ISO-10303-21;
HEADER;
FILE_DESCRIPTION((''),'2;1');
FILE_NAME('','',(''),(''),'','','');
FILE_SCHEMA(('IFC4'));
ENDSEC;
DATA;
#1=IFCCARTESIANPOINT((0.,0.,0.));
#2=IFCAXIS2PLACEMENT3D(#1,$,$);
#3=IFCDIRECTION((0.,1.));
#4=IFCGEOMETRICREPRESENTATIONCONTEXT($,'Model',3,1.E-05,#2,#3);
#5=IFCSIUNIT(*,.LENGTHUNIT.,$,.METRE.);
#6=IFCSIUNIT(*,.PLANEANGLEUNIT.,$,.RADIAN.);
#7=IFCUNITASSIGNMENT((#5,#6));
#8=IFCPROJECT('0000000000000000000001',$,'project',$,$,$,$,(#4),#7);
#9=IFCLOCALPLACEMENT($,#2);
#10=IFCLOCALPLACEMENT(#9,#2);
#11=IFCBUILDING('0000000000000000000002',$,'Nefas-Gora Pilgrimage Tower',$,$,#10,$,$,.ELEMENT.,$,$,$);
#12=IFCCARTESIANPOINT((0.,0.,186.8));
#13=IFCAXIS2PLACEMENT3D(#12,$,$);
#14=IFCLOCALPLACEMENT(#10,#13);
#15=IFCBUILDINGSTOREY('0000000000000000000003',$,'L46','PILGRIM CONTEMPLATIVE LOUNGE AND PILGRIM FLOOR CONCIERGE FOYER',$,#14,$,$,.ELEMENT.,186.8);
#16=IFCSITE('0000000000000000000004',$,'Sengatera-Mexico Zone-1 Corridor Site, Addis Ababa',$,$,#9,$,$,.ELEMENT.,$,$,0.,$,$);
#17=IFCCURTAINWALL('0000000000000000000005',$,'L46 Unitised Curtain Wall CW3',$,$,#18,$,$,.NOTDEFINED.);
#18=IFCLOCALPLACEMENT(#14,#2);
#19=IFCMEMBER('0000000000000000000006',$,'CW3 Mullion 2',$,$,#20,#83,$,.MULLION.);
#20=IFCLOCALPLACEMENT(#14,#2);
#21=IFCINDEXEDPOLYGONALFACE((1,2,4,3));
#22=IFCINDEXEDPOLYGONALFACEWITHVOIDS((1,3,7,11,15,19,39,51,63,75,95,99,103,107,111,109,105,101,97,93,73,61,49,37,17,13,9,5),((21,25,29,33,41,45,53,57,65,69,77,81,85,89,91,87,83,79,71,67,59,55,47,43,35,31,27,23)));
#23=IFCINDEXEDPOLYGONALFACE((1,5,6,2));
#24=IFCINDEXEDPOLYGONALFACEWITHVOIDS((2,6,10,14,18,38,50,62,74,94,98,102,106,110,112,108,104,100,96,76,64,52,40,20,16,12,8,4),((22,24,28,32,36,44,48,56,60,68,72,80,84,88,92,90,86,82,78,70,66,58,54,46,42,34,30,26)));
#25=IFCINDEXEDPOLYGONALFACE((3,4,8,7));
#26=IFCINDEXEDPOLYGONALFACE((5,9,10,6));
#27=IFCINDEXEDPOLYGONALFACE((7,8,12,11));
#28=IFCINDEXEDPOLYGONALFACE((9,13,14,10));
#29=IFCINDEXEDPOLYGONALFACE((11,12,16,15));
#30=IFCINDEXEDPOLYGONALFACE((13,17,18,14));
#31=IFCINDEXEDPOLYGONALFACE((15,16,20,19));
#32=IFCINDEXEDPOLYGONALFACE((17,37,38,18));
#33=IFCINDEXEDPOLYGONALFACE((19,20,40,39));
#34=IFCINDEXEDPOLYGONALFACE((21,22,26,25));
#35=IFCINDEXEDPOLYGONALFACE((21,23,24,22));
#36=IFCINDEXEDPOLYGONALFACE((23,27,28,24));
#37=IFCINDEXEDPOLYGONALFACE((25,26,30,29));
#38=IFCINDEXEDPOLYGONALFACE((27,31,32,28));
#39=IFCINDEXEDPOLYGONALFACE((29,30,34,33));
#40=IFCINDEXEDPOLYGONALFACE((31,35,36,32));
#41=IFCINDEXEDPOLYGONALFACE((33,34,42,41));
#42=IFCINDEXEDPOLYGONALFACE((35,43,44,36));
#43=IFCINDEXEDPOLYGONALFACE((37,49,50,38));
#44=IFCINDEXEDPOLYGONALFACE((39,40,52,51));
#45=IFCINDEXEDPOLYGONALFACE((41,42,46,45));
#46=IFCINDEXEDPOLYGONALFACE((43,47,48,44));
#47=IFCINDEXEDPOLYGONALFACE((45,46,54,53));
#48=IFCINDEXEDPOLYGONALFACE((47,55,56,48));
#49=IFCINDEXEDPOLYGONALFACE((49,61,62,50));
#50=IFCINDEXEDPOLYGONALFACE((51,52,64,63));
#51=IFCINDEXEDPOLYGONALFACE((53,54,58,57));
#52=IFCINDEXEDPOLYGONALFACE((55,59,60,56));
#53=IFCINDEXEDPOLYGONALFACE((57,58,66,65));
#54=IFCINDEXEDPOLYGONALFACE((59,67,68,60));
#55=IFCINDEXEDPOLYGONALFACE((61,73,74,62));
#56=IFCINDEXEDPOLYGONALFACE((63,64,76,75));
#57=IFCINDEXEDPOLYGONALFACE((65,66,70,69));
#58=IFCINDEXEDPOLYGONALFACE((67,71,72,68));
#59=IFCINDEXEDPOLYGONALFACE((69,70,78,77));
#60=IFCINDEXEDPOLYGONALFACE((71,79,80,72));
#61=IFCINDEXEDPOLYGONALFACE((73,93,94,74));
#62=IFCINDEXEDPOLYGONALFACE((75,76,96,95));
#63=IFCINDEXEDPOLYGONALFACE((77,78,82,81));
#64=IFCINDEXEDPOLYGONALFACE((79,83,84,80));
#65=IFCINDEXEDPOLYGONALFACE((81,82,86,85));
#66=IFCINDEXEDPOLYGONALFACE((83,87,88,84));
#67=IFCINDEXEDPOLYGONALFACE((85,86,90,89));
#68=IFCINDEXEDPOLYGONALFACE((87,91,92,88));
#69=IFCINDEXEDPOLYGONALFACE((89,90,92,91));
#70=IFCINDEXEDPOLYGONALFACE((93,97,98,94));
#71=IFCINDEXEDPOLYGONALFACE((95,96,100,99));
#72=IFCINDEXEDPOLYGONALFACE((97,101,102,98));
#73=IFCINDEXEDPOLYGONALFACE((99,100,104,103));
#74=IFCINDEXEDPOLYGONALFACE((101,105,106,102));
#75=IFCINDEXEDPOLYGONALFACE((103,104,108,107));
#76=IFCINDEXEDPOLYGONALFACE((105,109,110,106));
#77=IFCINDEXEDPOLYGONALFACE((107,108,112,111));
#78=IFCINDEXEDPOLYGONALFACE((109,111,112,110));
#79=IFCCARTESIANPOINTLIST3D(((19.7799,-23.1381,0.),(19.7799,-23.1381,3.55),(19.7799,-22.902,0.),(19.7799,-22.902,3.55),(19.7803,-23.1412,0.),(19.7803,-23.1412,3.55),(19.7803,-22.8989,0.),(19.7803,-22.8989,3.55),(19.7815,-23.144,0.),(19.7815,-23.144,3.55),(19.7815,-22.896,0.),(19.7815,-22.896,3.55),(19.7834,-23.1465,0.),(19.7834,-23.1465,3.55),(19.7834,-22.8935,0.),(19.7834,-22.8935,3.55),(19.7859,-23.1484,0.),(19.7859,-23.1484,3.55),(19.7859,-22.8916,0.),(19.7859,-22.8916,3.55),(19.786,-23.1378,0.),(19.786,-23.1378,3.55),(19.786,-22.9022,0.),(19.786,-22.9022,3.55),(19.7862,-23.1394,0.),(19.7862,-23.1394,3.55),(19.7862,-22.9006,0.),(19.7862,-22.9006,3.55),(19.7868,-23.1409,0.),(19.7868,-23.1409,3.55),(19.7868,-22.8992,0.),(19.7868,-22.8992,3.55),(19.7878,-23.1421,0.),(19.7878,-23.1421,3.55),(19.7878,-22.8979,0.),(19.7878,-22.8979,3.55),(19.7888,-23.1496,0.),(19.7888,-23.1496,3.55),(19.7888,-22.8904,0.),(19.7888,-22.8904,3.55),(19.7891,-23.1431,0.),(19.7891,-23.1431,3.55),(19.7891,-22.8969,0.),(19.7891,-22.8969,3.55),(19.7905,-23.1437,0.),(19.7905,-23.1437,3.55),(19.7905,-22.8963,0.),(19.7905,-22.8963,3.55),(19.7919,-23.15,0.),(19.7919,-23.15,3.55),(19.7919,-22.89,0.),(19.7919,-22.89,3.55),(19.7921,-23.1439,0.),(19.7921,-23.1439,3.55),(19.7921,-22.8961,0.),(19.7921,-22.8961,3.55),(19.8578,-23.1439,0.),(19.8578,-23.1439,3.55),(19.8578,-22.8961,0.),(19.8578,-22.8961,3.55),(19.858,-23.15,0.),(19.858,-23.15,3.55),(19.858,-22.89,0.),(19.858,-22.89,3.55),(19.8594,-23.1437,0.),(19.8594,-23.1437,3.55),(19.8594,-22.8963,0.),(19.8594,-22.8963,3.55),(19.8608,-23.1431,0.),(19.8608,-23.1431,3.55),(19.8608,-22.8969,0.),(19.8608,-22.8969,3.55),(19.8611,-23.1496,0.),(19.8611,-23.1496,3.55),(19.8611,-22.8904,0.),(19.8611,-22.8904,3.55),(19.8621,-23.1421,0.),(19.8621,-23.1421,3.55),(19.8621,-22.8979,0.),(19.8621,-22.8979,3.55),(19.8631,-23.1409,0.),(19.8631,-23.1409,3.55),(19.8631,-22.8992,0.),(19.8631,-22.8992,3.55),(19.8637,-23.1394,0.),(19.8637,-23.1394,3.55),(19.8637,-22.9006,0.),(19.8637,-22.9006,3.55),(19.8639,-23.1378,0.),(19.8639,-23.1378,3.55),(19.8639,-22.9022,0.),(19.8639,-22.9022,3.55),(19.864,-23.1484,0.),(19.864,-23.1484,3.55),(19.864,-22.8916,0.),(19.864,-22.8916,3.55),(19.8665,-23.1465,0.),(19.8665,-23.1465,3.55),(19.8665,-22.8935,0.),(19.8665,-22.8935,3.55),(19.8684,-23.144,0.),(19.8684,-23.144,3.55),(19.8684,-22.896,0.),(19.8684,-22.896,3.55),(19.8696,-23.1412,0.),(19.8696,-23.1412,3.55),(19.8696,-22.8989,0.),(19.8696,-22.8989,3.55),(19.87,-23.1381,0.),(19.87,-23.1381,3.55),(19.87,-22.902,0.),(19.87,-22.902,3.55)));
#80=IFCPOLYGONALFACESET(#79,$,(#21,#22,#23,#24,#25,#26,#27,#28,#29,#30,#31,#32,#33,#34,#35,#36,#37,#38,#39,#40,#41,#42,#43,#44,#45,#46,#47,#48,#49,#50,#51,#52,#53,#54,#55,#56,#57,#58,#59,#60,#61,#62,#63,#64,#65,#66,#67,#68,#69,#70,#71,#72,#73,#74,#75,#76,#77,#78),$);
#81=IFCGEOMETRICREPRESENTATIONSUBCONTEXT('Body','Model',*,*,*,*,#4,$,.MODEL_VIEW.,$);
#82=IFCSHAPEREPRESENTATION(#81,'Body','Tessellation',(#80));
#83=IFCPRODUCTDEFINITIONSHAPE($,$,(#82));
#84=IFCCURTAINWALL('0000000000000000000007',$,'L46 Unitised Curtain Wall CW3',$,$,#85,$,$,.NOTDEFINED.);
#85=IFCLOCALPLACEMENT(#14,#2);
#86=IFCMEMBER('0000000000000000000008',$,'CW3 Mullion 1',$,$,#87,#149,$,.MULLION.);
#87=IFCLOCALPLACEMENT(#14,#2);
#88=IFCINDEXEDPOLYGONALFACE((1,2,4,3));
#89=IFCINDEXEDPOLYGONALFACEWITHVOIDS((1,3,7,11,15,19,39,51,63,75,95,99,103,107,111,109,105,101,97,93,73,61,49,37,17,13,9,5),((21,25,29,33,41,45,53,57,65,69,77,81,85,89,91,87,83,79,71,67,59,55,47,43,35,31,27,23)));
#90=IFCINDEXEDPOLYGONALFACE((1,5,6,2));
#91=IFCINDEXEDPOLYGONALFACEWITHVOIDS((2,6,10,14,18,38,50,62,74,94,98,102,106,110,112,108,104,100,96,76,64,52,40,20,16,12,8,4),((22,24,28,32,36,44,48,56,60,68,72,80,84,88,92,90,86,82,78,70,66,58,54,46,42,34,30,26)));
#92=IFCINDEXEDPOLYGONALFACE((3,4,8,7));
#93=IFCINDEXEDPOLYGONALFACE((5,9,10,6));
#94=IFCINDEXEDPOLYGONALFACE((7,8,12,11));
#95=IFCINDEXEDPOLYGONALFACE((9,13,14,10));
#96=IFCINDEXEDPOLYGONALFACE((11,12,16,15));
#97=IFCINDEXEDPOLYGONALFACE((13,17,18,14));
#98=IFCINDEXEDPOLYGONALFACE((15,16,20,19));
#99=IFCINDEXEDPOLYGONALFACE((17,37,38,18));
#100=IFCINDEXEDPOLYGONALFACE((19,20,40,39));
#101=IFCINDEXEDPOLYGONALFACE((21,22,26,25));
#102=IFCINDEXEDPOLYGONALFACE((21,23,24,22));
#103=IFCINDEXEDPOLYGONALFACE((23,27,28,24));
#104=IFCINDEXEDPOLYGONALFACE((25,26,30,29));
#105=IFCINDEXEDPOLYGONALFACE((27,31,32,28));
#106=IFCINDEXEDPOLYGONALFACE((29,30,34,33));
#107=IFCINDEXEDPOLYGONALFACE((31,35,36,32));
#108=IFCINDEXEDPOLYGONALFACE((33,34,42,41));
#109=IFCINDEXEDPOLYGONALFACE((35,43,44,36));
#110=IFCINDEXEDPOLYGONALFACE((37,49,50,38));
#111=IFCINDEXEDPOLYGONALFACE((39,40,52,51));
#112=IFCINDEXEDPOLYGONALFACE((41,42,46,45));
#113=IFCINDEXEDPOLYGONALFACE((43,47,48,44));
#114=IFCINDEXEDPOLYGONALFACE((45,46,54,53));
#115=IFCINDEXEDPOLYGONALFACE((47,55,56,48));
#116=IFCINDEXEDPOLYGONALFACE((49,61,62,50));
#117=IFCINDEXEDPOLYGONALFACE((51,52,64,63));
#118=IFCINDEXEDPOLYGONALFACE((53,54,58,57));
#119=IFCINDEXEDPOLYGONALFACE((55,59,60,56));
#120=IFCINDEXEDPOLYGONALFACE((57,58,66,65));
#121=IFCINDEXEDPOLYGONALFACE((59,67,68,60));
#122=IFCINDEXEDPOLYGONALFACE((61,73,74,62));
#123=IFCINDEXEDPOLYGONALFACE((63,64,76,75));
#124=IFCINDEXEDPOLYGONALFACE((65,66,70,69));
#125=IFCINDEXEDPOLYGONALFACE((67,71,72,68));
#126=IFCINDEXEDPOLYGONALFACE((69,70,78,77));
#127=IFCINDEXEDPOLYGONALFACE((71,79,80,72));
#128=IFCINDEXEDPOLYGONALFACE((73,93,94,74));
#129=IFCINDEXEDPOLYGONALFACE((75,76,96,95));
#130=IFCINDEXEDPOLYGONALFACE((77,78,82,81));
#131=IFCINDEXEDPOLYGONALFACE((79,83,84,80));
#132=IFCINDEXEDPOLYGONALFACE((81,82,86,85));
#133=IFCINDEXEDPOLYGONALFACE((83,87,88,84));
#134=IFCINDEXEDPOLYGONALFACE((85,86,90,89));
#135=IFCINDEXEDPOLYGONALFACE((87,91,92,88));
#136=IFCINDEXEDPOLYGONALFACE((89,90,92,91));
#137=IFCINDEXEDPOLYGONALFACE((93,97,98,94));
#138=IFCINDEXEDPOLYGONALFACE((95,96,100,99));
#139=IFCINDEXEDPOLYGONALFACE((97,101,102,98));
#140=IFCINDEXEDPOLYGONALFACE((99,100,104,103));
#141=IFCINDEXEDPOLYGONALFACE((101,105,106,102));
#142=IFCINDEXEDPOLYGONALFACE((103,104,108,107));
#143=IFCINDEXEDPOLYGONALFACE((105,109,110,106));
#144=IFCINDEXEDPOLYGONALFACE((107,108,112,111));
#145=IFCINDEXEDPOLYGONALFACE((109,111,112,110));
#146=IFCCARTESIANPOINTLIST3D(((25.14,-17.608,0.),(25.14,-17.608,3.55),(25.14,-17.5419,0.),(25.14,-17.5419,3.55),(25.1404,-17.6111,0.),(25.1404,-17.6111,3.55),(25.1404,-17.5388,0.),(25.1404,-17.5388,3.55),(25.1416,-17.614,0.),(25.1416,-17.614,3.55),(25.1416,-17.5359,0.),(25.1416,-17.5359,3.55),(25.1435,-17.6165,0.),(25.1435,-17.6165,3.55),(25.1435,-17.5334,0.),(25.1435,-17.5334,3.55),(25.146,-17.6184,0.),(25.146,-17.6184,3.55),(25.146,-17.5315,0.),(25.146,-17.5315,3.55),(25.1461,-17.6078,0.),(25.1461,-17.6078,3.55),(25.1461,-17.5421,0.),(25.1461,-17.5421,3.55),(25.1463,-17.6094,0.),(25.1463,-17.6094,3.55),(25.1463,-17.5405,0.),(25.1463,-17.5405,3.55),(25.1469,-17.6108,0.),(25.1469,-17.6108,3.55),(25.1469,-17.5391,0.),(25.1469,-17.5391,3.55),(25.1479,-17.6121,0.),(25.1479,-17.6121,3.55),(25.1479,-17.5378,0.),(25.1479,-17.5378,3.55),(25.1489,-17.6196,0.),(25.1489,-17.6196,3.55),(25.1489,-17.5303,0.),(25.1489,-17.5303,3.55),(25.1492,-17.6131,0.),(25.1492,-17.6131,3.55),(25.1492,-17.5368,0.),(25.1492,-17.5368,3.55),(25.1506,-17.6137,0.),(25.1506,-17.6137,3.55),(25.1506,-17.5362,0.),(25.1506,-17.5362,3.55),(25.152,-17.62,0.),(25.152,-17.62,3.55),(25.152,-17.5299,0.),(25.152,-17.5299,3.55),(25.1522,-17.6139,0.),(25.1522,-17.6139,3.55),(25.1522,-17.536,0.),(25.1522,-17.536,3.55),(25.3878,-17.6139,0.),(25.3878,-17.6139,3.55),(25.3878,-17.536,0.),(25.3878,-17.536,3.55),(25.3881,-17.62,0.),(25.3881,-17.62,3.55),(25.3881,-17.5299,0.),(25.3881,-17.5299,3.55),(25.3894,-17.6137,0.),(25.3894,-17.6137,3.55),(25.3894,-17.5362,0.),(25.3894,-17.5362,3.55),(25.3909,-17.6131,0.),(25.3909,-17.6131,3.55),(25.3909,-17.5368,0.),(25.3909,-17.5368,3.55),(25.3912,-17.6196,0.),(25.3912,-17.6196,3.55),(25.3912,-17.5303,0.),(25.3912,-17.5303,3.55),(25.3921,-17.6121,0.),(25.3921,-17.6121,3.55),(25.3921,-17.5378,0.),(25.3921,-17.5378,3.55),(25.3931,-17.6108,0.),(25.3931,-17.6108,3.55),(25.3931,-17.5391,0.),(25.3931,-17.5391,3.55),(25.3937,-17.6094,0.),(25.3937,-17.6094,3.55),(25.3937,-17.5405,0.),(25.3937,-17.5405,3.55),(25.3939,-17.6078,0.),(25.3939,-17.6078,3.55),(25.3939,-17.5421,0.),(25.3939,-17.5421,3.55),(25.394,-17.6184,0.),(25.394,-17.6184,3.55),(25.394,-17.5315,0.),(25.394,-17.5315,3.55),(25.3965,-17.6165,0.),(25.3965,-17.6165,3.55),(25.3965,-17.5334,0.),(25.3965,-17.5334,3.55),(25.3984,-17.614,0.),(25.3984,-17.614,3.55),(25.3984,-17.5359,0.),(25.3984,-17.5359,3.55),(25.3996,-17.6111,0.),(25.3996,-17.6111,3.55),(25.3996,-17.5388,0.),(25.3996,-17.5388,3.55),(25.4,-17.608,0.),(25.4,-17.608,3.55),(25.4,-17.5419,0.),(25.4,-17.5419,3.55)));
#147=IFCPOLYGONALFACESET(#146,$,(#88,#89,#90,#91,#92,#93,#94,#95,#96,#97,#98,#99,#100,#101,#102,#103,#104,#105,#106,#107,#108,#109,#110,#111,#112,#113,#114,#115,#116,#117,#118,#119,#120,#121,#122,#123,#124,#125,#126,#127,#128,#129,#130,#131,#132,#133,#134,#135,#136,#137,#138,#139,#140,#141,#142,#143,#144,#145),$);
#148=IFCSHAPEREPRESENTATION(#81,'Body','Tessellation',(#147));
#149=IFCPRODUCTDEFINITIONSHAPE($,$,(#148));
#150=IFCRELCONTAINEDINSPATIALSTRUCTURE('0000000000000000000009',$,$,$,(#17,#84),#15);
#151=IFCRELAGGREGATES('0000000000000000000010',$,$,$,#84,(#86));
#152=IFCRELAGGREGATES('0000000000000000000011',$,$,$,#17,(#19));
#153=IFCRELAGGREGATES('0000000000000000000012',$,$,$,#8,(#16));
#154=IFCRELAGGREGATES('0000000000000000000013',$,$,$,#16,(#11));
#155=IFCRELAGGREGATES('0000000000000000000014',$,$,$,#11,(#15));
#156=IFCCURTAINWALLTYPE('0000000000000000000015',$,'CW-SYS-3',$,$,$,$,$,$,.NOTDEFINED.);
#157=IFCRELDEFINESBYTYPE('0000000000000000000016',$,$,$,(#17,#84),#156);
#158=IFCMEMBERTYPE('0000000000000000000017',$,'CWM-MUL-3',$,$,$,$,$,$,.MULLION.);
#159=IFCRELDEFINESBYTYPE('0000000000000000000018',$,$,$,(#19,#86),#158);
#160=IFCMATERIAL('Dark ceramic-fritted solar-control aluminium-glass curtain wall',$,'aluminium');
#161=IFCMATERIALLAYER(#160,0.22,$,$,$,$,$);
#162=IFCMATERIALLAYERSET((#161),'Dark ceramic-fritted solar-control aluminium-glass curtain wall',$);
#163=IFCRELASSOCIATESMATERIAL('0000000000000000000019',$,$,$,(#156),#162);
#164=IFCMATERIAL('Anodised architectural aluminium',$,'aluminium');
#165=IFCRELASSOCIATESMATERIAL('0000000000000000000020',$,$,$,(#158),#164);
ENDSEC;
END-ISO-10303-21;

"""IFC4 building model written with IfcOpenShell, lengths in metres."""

from ifc_helpers import new_model, si_unit, direction, frame, origin, origin_2d, place, context, subcontext, project, spatial, hollow_rectangle, extrude, source, transform, mapped, material, layer, layer_set, material_profile, profile_set, type_object, element, aggregate, save


model = new_model("IFC4")

# Units and contexts
model_context = context("Model", 3, precision=1e-05, world=origin(), true_north=direction((0.0, 1.0)))
body_context = subcontext(model_context, "Body", "Model", "MODEL_VIEW")
ifc_project = project(units=[si_unit("LENGTHUNIT", "METRE"), si_unit("PLANEANGLEUNIT", "RADIAN")], contexts=[model_context])

# Site, building, storey
site_placement = place(None, origin())
site = spatial("IfcSite", under=ifc_project, at=site_placement, Name="Sengatera-Mexico Zone-1 Corridor Site, Addis Ababa", CompositionType="ELEMENT", RefElevation=0.0)
building_placement = place(site_placement, origin())
building = spatial("IfcBuilding", under=site, at=building_placement, Name="Nefas-Gora Pilgrimage Tower", CompositionType="ELEMENT")
storey_placement = place(building_placement, frame((0.0, 0.0, 186.8)))
storey = spatial("IfcBuildingStorey", under=building, at=storey_placement, Name="L46", Description="PILGRIM CONTEMPLATIVE LOUNGE AND PILGRIM FLOOR CONCIERGE FOYER", CompositionType="ELEMENT", Elevation=186.8)

# Shared definitions
ifc_material_1 = material(Name="Dark ceramic-fritted solar-control aluminium-glass curtain wall", Category="aluminium")
ifc_material_2 = material(Name="Anodised architectural aluminium", Category="aluminium")

# Curtain wall, member
ifc_layer_1 = layer(ifc_material_1, 0.22)
ifc_layer_set_1 = layer_set([ifc_layer_1], Name="Dark ceramic-fritted solar-control aluminium-glass curtain wall")
curtain_wall_type_1 = type_object("IfcCurtainWallType", Name="CW-SYS-3", PredefinedType="NOTDEFINED", material=ifc_layer_set_1)
curtain_wall_1_placement = place(storey_placement, origin())
curtain_wall_1 = element("IfcCurtainWall", 1, at=curtain_wall_1_placement, inside=storey, type_object=curtain_wall_type_1, Name="L46 Unitised Curtain Wall CW3", PredefinedType="NOTDEFINED")
ifc_material_profile_1 = material_profile(ifc_material_2, hollow_rectangle(XDim=0.0901, YDim=0.26, WallThickness=0.0061, InnerFilletRadius=0.0061, OuterFilletRadius=0.012, at=origin_2d()), Name="ALU MULLION 90x260")
ifc_profile_set_1 = profile_set([ifc_material_profile_1], Name="Anodised architectural aluminium")
member_type_1 = type_object("IfcMemberType", Name="CWM-MUL-3", PredefinedType="MULLION", material=ifc_profile_set_1)
shared_shape_1 = source(origin(), body_context, "Body", "SweptSolid", [
    extrude(hollow_rectangle(XDim=0.0901, YDim=0.26, WallThickness=0.0061, InnerFilletRadius=0.0061, OuterFilletRadius=0.012, at=origin_2d()), origin(), (0.0, 0.0, 1.0), 3.55),
])
member_1_placement = place(storey_placement, frame((19.825, -23.02, 0.0), z_axis=(0.0, 0.0, 1.0), x_axis=(1.0, 0.0, 0.0)))
member_1 = element("IfcMember", 2, at=member_1_placement, type_object=member_type_1, Name="CW3 Mullion 2", PredefinedType="MULLION", context=body_context, shape_type="MappedRepresentation", body=[
    mapped(shared_shape_1, transform((0.0, 0.0, 0.0), x_axis=(1.0, 0.0, 0.0), y_axis=(0.0, 1.0, 0.0), z_axis=(0.0, 0.0, 1.0), scale=1.0)),
])

# Curtain wall, member
curtain_wall_2_placement = place(storey_placement, origin())
curtain_wall_2 = element("IfcCurtainWall", 3, at=curtain_wall_2_placement, inside=storey, type_object=curtain_wall_type_1, Name="L46 Unitised Curtain Wall CW3", PredefinedType="NOTDEFINED")
member_2_placement = place(storey_placement, frame((25.27, -17.575, 0.0), z_axis=(0.0, 0.0, 1.0), x_axis=(0.0, 1.0, 0.0)))
member_2 = element("IfcMember", 4, at=member_2_placement, type_object=member_type_1, Name="CW3 Mullion 1", PredefinedType="MULLION", context=body_context, shape_type="MappedRepresentation", body=[
    mapped(shared_shape_1, transform((0.0, 0.0, 0.0), x_axis=(1.0, 0.0, 0.0), y_axis=(0.0, 1.0, 0.0), z_axis=(0.0, 0.0, 1.0), scale=1.0)),
])

aggregate(curtain_wall_2, [member_2])

aggregate(curtain_wall_1, [member_1])

save(model, "model.ifc")
